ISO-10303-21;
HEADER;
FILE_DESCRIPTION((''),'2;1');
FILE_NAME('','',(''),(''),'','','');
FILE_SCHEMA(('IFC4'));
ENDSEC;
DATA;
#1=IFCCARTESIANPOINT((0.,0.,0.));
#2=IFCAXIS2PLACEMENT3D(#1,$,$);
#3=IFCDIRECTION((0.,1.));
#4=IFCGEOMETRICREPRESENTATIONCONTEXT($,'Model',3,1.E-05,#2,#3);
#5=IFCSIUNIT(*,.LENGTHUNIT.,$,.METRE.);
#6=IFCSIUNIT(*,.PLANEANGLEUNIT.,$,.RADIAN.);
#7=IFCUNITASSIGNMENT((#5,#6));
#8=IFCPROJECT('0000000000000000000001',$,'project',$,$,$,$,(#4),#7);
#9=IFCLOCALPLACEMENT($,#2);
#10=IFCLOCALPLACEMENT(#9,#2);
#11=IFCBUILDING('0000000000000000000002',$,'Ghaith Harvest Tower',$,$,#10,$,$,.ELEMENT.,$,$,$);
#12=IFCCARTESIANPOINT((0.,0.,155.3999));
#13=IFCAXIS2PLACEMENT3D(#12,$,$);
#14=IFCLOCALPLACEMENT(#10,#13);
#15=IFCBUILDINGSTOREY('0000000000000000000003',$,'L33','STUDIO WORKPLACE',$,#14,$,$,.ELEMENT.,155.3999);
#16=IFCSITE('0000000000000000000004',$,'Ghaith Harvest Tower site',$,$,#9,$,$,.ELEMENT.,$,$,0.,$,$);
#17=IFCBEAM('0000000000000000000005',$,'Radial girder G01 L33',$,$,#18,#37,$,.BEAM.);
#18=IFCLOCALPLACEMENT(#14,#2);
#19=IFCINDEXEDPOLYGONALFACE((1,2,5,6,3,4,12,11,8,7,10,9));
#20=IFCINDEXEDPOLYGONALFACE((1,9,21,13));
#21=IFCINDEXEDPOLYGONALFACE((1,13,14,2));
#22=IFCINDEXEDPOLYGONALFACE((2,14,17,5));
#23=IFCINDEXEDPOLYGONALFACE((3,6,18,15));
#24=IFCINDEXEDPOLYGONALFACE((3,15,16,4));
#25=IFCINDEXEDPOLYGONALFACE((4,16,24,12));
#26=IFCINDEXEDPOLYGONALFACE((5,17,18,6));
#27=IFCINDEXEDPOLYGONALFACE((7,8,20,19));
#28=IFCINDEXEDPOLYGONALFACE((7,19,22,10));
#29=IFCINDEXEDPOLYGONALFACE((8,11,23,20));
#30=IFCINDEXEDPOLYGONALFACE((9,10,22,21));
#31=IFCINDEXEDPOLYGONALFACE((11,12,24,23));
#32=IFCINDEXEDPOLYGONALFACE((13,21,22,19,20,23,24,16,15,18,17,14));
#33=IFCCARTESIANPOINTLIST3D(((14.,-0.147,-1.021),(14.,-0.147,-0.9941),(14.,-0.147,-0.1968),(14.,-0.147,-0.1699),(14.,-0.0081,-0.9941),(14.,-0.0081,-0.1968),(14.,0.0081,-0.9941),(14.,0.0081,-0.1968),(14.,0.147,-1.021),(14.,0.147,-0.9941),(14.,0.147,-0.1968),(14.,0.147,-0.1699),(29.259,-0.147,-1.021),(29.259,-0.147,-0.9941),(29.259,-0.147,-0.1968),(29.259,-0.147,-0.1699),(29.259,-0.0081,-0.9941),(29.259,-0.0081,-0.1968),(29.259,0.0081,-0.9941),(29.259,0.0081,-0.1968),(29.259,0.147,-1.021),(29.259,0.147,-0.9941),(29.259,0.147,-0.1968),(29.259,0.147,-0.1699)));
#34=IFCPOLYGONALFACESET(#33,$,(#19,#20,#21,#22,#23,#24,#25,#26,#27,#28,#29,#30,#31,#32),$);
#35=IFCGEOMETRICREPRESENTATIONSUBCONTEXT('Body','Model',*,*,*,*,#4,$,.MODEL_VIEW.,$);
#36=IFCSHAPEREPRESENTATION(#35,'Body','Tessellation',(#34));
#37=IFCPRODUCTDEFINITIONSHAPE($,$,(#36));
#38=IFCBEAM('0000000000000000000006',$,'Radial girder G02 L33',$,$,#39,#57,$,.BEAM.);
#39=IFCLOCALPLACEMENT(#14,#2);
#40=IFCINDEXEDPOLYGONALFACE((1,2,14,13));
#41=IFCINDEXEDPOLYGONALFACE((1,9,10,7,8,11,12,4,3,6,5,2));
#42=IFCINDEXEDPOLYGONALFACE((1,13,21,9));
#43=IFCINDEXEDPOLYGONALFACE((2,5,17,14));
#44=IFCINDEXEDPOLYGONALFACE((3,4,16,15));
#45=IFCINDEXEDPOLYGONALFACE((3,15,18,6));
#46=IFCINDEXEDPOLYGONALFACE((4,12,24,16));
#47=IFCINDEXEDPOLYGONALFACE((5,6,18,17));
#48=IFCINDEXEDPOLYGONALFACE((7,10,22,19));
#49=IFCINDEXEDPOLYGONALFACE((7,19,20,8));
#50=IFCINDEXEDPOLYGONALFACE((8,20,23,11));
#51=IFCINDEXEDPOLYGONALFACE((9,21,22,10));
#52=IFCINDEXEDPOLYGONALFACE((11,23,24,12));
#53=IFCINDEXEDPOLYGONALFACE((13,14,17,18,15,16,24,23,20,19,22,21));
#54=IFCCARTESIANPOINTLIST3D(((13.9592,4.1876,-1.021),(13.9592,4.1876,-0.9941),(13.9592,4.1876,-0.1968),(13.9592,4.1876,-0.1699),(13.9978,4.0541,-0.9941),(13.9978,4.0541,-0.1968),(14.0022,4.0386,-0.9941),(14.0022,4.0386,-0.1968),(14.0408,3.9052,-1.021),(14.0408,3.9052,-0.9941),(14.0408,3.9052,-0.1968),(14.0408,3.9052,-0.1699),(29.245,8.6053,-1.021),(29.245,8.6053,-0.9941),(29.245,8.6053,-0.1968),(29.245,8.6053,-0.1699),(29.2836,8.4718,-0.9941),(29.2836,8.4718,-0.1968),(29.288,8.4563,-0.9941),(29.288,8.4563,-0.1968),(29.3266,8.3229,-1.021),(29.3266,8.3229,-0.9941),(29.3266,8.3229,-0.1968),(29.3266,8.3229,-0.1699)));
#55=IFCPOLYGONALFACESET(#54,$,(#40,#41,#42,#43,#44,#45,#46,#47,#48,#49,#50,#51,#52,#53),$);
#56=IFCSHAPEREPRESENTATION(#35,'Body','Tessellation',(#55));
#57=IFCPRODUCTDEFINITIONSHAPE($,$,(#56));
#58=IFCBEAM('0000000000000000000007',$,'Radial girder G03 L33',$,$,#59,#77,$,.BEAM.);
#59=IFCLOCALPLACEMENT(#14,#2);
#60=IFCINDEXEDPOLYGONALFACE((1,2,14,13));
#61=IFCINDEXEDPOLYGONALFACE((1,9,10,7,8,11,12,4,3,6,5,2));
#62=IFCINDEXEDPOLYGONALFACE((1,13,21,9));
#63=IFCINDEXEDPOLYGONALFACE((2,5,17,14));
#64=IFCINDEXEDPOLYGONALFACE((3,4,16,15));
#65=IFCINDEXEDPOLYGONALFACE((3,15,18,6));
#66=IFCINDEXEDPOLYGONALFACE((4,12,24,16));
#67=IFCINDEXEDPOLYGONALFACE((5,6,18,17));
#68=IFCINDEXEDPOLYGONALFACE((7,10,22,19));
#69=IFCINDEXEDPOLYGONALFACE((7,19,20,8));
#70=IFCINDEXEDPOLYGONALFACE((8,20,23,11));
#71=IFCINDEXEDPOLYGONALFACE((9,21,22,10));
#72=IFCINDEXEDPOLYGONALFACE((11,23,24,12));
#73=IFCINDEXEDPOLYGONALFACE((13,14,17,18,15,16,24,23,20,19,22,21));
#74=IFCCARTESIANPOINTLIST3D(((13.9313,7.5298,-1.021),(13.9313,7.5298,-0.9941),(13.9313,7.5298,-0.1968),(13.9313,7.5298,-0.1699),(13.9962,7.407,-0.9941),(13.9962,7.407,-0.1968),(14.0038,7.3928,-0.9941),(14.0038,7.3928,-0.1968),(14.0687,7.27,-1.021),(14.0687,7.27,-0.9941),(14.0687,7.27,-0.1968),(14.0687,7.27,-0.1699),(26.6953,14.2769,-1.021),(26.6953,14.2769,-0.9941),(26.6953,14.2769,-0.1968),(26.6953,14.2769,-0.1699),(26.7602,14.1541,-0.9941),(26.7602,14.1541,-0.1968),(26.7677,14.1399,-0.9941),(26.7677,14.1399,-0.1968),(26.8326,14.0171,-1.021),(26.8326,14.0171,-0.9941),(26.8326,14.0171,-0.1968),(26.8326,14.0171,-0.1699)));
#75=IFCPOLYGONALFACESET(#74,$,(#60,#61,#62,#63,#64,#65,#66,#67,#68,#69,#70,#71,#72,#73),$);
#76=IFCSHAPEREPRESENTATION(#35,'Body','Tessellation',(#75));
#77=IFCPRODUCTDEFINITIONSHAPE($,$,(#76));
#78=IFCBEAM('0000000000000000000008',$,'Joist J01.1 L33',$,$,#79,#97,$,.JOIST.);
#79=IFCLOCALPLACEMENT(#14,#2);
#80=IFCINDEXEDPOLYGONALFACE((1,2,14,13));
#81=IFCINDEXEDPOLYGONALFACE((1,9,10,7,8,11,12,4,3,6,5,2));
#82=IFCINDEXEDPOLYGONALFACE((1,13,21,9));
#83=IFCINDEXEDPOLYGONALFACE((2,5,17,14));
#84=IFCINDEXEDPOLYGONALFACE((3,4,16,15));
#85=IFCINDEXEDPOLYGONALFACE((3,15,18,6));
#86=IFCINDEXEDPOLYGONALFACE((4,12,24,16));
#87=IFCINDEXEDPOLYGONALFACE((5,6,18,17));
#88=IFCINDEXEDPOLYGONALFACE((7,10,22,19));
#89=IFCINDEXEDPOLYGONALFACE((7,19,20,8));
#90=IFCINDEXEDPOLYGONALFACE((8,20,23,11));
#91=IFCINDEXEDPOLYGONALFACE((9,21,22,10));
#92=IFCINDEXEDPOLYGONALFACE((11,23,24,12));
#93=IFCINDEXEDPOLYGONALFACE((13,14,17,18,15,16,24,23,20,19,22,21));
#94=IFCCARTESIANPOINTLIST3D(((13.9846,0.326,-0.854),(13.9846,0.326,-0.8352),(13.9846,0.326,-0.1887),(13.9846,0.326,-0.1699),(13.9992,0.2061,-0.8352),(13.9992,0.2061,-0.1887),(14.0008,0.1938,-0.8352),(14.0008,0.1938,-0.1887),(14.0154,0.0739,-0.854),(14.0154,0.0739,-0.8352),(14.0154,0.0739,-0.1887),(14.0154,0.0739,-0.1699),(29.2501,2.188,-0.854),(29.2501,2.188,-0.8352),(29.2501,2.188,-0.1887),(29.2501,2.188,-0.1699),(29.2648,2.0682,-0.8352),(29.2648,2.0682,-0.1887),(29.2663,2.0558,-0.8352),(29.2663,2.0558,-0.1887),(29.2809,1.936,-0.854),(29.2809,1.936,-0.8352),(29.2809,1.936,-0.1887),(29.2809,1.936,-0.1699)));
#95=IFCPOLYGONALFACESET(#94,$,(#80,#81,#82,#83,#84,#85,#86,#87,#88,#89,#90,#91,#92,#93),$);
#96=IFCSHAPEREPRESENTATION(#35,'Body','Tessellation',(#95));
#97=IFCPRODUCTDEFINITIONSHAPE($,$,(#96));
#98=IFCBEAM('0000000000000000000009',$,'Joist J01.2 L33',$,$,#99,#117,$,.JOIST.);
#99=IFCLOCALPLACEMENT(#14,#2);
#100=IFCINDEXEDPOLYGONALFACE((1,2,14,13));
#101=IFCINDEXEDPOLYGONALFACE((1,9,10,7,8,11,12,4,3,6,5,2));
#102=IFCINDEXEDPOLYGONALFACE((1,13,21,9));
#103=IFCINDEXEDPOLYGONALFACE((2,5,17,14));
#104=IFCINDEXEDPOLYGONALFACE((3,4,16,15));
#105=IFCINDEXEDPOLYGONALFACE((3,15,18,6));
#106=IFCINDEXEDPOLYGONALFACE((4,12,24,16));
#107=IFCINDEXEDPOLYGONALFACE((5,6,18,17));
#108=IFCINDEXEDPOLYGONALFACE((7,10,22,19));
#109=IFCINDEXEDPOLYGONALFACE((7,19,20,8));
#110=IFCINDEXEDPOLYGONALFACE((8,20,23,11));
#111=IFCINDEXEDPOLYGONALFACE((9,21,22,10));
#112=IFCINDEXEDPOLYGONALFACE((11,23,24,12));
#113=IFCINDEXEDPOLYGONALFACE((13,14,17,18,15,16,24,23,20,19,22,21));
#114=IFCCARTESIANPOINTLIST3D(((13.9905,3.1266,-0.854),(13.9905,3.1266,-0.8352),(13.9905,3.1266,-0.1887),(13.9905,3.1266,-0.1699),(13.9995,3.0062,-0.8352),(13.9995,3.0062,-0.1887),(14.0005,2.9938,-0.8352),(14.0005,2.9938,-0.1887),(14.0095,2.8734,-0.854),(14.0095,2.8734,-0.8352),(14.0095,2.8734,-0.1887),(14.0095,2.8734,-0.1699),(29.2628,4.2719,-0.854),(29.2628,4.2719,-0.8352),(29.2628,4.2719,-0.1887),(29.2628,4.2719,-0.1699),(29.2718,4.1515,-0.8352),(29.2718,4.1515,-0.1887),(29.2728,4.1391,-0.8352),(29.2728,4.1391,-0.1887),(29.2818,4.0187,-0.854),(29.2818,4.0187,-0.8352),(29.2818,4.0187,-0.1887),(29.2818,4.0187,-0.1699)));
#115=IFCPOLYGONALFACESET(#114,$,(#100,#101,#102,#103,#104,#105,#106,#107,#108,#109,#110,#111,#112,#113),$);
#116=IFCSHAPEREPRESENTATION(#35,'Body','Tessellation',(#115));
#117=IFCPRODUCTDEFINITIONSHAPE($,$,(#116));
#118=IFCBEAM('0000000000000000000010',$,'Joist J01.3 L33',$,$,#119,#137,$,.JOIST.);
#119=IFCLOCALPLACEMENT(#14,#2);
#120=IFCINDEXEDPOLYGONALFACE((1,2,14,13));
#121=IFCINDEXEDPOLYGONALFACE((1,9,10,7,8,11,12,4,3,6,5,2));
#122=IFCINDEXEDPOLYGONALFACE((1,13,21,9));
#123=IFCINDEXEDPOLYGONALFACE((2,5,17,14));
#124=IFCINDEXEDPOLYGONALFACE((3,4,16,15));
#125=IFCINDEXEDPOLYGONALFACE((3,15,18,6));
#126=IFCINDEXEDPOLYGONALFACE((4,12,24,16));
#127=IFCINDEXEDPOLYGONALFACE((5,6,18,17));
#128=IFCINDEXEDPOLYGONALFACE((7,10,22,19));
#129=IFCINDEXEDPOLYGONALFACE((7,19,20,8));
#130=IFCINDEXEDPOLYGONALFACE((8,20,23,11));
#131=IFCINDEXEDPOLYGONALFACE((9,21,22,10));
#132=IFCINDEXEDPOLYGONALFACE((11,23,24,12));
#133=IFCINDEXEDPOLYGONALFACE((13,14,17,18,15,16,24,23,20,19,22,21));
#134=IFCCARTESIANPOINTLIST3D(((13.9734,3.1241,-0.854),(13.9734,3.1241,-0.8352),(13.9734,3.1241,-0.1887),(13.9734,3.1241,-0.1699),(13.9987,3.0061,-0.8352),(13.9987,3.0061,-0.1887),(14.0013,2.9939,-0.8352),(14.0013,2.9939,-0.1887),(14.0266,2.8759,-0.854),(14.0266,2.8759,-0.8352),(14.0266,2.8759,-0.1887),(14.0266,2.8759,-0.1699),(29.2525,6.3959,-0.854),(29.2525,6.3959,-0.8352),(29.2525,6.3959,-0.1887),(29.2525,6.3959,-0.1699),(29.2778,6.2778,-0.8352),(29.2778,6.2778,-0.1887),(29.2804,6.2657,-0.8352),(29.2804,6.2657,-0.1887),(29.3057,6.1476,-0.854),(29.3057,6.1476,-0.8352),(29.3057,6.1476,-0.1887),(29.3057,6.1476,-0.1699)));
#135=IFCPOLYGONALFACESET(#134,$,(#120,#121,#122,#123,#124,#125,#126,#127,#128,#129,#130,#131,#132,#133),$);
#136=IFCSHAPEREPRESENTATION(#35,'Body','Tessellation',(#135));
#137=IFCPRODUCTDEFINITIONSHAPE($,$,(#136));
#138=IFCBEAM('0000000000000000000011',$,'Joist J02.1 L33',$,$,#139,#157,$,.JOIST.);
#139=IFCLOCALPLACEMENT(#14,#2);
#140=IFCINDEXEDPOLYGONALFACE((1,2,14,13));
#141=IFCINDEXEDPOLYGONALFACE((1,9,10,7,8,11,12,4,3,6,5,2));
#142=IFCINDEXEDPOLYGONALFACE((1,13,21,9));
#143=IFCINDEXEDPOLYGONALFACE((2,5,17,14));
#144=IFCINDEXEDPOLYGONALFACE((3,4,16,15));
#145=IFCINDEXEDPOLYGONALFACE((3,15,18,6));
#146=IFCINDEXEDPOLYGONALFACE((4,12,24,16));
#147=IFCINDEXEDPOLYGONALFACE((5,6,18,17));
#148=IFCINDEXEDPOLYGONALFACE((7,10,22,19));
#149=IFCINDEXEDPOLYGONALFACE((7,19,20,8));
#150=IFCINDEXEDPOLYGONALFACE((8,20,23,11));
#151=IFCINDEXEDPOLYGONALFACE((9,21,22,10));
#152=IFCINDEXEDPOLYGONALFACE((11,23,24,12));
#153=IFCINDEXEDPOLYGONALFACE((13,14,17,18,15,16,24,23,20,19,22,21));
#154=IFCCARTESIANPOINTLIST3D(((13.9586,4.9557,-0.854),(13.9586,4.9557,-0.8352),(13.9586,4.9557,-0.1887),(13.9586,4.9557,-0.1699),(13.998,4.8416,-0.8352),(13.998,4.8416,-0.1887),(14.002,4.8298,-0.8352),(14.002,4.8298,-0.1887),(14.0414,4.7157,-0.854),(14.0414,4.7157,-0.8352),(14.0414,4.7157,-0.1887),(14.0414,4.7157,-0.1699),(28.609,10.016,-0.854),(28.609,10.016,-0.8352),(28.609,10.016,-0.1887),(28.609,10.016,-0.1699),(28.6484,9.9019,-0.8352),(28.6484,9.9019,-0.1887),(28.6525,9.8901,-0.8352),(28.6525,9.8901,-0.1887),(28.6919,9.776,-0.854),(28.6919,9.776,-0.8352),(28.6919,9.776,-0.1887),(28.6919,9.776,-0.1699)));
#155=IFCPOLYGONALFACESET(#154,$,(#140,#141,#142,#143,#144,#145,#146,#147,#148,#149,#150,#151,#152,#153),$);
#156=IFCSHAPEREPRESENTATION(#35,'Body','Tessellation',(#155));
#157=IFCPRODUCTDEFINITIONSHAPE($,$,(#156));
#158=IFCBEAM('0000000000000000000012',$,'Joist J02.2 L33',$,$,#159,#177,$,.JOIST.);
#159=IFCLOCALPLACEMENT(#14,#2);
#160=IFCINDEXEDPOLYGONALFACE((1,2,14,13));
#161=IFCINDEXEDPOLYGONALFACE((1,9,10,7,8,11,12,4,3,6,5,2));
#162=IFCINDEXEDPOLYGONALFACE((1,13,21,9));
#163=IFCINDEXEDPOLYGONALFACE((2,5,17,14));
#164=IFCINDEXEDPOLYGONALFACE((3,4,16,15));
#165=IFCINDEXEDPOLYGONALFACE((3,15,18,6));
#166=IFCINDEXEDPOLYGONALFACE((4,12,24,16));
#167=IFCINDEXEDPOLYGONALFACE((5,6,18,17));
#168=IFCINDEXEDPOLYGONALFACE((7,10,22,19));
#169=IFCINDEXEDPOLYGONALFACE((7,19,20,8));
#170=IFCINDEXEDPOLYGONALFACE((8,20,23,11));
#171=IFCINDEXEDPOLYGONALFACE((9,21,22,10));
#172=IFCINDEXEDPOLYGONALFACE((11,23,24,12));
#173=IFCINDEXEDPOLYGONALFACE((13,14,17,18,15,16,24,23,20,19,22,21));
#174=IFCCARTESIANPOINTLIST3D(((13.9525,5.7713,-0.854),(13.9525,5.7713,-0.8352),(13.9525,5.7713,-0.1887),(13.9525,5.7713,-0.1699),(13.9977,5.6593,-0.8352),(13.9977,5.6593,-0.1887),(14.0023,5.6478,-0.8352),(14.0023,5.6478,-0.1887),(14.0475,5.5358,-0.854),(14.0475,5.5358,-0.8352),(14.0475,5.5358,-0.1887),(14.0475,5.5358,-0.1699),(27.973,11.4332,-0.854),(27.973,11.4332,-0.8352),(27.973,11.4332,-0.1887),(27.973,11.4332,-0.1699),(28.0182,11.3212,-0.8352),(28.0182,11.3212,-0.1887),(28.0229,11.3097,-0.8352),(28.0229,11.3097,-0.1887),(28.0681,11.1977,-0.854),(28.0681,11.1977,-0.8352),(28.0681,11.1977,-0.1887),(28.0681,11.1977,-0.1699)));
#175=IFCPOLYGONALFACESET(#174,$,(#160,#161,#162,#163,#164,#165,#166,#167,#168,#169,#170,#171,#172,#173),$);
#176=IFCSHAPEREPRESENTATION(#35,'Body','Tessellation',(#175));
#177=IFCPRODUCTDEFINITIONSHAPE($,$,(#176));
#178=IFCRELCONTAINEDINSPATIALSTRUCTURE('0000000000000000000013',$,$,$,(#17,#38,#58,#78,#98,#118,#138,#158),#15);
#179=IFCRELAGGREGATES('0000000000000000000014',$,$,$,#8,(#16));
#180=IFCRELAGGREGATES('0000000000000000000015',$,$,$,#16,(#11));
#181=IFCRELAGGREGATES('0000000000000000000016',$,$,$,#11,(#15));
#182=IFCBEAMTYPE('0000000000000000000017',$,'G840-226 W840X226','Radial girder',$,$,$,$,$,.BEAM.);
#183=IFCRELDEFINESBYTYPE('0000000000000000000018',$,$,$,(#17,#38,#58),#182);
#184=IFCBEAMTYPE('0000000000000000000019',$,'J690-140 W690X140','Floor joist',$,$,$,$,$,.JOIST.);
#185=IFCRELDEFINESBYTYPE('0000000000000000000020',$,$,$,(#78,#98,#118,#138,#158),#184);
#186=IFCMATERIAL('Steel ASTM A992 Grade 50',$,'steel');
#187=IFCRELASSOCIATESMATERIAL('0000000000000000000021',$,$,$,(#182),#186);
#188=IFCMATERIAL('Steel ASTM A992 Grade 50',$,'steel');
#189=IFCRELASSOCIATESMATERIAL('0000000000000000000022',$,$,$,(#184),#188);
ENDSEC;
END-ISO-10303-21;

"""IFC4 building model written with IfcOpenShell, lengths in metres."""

from ifc_helpers import new_model, si_unit, direction, frame, origin, origin_2d, place, context, subcontext, project, spatial, i_section, extrude, material, material_profile, profile_set, type_object, element, save


model = new_model("IFC4")

# Units and contexts
model_context = context("Model", 3, precision=1e-05, world=origin(), true_north=direction((0.0, 1.0)))
body_context = subcontext(model_context, "Body", "Model", "MODEL_VIEW")
ifc_project = project(units=[si_unit("LENGTHUNIT", "METRE"), si_unit("PLANEANGLEUNIT", "RADIAN")], contexts=[model_context])

# Site, building, storey
site_placement = place(None, origin())
site = spatial("IfcSite", under=ifc_project, at=site_placement, Name="Ghaith Harvest Tower site", CompositionType="ELEMENT", RefElevation=0.0)
building_placement = place(site_placement, origin())
building = spatial("IfcBuilding", under=site, at=building_placement, Name="Ghaith Harvest Tower", CompositionType="ELEMENT")
storey_placement = place(building_placement, frame((0.0, 0.0, 155.3999)))
storey = spatial("IfcBuildingStorey", under=building, at=storey_placement, Name="L33", Description="STUDIO WORKPLACE", CompositionType="ELEMENT", Elevation=155.3999)

# Beams
ifc_material_1 = material(Name="Steel ASTM A992 Grade 50", Category="steel")
ifc_material_profile_1 = material_profile(ifc_material_1, i_section(OverallWidth=0.2939, OverallDepth=0.8511, WebThickness=0.0161, FlangeThickness=0.0269, at=origin_2d()), Name="W840X226")
ifc_profile_set_1 = profile_set([ifc_material_profile_1], Name="Steel ASTM A992 Grade 50")
beam_type_1 = type_object("IfcBeamType", Name="G840-226 W840X226", Description="Radial girder", PredefinedType="BEAM", material=ifc_profile_set_1)
beam_1_placement = place(storey_placement, frame((14.0, 0.0, -0.5955), z_axis=(1.0, 0.0, 0.0), x_axis=(0.0, 1.0, 0.0)))
element("IfcBeam", 1, at=beam_1_placement, inside=storey, type_object=beam_type_1, Name="Radial girder G01 L33", PredefinedType="BEAM", context=body_context, shape_type="SweptSolid", body=[
    extrude(i_section(OverallWidth=0.2939, OverallDepth=0.8511, WebThickness=0.0161, FlangeThickness=0.0269, at=origin_2d()), origin(), (0.0, 0.0, 1.0), 15.259),
])
beam_2_placement = place(storey_placement, frame((14.0, 4.0464, -0.5955), z_axis=(0.960684, 0.277644, 0.0), x_axis=(-0.277644, 0.960684, 0.0)))
element("IfcBeam", 2, at=beam_2_placement, inside=storey, type_object=beam_type_1, Name="Radial girder G02 L33", PredefinedType="BEAM", context=body_context, shape_type="SweptSolid", body=[
    extrude(i_section(OverallWidth=0.2939, OverallDepth=0.8511, WebThickness=0.0161, FlangeThickness=0.0269, at=origin_2d()), origin(), (0.0, 0.0, 1.0), 15.9114),
])
beam_3_placement = place(storey_placement, frame((14.0, 7.3999, -0.5955), z_axis=(0.884083, 0.467331, 0.0), x_axis=(-0.467331, 0.884083, 0.0)))
element("IfcBeam", 3, at=beam_3_placement, inside=storey, type_object=beam_type_1, Name="Radial girder G03 L33", PredefinedType="BEAM", context=body_context, shape_type="SweptSolid", body=[
    extrude(i_section(OverallWidth=0.2939, OverallDepth=0.8511, WebThickness=0.0161, FlangeThickness=0.0269, at=origin_2d()), origin(), (0.0, 0.0, 1.0), 14.4375),
])
ifc_material_2 = material(Name="Steel ASTM A992 Grade 50", Category="steel")
ifc_material_profile_2 = material_profile(ifc_material_2, i_section(OverallWidth=0.2539, OverallDepth=0.6841, WebThickness=0.0125, FlangeThickness=0.0188, at=origin_2d()), Name="W690X140")
ifc_profile_set_2 = profile_set([ifc_material_profile_2], Name="Steel ASTM A992 Grade 50")
beam_type_2 = type_object("IfcBeamType", Name="J690-140 W690X140", Description="Floor joist", PredefinedType="JOIST", material=ifc_profile_set_2)
beam_4_placement = place(storey_placement, frame((14.0, 0.2, -0.512), z_axis=(0.992643, 0.12108, 0.0), x_axis=(-0.12108, 0.992643, 0.0)))
element("IfcBeam", 4, at=beam_4_placement, inside=storey, type_object=beam_type_2, Name="Joist J01.1 L33", PredefinedType="JOIST", context=body_context, shape_type="SweptSolid", body=[
    extrude(i_section(OverallWidth=0.2539, OverallDepth=0.6841, WebThickness=0.0125, FlangeThickness=0.0188, at=origin_2d()), origin(), (0.0, 0.0, 1.0), 15.3787),
])
beam_5_placement = place(storey_placement, frame((14.0, 3.0, -0.512), z_axis=(0.9972, 0.07478, 0.0), x_axis=(-0.07478, 0.9972, 0.0)))
element("IfcBeam", 5, at=beam_5_placement, inside=storey, type_object=beam_type_2, Name="Joist J01.2 L33", PredefinedType="JOIST", context=body_context, shape_type="SweptSolid", body=[
    extrude(i_section(OverallWidth=0.2539, OverallDepth=0.6841, WebThickness=0.0125, FlangeThickness=0.0188, at=origin_2d()), origin(), (0.0, 0.0, 1.0), 15.3152),
])
beam_6_placement = place(storey_placement, frame((14.0, 3.0, -0.512), z_axis=(0.977833, 0.209385, 0.0), x_axis=(-0.209385, 0.977833, 0.0)))
element("IfcBeam", 6, at=beam_6_placement, inside=storey, type_object=beam_type_2, Name="Joist J01.3 L33", PredefinedType="JOIST", context=body_context, shape_type="SweptSolid", body=[
    extrude(i_section(OverallWidth=0.2539, OverallDepth=0.6841, WebThickness=0.0125, FlangeThickness=0.0188, at=origin_2d()), origin(), (0.0, 0.0, 1.0), 15.6255),
])
beam_7_placement = place(storey_placement, frame((14.0, 4.8357, -0.512), z_axis=(0.945205, 0.326478, 0.0), x_axis=(-0.326478, 0.945205, 0.0)))
element("IfcBeam", 7, at=beam_7_placement, inside=storey, type_object=beam_type_2, Name="Joist J02.1 L33", PredefinedType="JOIST", context=body_context, shape_type="SweptSolid", body=[
    extrude(i_section(OverallWidth=0.2539, OverallDepth=0.6841, WebThickness=0.0125, FlangeThickness=0.0188, at=origin_2d()), origin(), (0.0, 0.0, 1.0), 15.4998),
])
beam_8_placement = place(storey_placement, frame((14.0, 5.6536, -0.512), z_axis=(0.927248, 0.374448, 0.0), x_axis=(-0.374448, 0.927248, 0.0)))
element("IfcBeam", 8, at=beam_8_placement, inside=storey, type_object=beam_type_2, Name="Joist J02.2 L33", PredefinedType="JOIST", context=body_context, shape_type="SweptSolid", body=[
    extrude(i_section(OverallWidth=0.2539, OverallDepth=0.6841, WebThickness=0.0125, FlangeThickness=0.0188, at=origin_2d()), origin(), (0.0, 0.0, 1.0), 15.1206),
])

save(model, "model.ifc")
